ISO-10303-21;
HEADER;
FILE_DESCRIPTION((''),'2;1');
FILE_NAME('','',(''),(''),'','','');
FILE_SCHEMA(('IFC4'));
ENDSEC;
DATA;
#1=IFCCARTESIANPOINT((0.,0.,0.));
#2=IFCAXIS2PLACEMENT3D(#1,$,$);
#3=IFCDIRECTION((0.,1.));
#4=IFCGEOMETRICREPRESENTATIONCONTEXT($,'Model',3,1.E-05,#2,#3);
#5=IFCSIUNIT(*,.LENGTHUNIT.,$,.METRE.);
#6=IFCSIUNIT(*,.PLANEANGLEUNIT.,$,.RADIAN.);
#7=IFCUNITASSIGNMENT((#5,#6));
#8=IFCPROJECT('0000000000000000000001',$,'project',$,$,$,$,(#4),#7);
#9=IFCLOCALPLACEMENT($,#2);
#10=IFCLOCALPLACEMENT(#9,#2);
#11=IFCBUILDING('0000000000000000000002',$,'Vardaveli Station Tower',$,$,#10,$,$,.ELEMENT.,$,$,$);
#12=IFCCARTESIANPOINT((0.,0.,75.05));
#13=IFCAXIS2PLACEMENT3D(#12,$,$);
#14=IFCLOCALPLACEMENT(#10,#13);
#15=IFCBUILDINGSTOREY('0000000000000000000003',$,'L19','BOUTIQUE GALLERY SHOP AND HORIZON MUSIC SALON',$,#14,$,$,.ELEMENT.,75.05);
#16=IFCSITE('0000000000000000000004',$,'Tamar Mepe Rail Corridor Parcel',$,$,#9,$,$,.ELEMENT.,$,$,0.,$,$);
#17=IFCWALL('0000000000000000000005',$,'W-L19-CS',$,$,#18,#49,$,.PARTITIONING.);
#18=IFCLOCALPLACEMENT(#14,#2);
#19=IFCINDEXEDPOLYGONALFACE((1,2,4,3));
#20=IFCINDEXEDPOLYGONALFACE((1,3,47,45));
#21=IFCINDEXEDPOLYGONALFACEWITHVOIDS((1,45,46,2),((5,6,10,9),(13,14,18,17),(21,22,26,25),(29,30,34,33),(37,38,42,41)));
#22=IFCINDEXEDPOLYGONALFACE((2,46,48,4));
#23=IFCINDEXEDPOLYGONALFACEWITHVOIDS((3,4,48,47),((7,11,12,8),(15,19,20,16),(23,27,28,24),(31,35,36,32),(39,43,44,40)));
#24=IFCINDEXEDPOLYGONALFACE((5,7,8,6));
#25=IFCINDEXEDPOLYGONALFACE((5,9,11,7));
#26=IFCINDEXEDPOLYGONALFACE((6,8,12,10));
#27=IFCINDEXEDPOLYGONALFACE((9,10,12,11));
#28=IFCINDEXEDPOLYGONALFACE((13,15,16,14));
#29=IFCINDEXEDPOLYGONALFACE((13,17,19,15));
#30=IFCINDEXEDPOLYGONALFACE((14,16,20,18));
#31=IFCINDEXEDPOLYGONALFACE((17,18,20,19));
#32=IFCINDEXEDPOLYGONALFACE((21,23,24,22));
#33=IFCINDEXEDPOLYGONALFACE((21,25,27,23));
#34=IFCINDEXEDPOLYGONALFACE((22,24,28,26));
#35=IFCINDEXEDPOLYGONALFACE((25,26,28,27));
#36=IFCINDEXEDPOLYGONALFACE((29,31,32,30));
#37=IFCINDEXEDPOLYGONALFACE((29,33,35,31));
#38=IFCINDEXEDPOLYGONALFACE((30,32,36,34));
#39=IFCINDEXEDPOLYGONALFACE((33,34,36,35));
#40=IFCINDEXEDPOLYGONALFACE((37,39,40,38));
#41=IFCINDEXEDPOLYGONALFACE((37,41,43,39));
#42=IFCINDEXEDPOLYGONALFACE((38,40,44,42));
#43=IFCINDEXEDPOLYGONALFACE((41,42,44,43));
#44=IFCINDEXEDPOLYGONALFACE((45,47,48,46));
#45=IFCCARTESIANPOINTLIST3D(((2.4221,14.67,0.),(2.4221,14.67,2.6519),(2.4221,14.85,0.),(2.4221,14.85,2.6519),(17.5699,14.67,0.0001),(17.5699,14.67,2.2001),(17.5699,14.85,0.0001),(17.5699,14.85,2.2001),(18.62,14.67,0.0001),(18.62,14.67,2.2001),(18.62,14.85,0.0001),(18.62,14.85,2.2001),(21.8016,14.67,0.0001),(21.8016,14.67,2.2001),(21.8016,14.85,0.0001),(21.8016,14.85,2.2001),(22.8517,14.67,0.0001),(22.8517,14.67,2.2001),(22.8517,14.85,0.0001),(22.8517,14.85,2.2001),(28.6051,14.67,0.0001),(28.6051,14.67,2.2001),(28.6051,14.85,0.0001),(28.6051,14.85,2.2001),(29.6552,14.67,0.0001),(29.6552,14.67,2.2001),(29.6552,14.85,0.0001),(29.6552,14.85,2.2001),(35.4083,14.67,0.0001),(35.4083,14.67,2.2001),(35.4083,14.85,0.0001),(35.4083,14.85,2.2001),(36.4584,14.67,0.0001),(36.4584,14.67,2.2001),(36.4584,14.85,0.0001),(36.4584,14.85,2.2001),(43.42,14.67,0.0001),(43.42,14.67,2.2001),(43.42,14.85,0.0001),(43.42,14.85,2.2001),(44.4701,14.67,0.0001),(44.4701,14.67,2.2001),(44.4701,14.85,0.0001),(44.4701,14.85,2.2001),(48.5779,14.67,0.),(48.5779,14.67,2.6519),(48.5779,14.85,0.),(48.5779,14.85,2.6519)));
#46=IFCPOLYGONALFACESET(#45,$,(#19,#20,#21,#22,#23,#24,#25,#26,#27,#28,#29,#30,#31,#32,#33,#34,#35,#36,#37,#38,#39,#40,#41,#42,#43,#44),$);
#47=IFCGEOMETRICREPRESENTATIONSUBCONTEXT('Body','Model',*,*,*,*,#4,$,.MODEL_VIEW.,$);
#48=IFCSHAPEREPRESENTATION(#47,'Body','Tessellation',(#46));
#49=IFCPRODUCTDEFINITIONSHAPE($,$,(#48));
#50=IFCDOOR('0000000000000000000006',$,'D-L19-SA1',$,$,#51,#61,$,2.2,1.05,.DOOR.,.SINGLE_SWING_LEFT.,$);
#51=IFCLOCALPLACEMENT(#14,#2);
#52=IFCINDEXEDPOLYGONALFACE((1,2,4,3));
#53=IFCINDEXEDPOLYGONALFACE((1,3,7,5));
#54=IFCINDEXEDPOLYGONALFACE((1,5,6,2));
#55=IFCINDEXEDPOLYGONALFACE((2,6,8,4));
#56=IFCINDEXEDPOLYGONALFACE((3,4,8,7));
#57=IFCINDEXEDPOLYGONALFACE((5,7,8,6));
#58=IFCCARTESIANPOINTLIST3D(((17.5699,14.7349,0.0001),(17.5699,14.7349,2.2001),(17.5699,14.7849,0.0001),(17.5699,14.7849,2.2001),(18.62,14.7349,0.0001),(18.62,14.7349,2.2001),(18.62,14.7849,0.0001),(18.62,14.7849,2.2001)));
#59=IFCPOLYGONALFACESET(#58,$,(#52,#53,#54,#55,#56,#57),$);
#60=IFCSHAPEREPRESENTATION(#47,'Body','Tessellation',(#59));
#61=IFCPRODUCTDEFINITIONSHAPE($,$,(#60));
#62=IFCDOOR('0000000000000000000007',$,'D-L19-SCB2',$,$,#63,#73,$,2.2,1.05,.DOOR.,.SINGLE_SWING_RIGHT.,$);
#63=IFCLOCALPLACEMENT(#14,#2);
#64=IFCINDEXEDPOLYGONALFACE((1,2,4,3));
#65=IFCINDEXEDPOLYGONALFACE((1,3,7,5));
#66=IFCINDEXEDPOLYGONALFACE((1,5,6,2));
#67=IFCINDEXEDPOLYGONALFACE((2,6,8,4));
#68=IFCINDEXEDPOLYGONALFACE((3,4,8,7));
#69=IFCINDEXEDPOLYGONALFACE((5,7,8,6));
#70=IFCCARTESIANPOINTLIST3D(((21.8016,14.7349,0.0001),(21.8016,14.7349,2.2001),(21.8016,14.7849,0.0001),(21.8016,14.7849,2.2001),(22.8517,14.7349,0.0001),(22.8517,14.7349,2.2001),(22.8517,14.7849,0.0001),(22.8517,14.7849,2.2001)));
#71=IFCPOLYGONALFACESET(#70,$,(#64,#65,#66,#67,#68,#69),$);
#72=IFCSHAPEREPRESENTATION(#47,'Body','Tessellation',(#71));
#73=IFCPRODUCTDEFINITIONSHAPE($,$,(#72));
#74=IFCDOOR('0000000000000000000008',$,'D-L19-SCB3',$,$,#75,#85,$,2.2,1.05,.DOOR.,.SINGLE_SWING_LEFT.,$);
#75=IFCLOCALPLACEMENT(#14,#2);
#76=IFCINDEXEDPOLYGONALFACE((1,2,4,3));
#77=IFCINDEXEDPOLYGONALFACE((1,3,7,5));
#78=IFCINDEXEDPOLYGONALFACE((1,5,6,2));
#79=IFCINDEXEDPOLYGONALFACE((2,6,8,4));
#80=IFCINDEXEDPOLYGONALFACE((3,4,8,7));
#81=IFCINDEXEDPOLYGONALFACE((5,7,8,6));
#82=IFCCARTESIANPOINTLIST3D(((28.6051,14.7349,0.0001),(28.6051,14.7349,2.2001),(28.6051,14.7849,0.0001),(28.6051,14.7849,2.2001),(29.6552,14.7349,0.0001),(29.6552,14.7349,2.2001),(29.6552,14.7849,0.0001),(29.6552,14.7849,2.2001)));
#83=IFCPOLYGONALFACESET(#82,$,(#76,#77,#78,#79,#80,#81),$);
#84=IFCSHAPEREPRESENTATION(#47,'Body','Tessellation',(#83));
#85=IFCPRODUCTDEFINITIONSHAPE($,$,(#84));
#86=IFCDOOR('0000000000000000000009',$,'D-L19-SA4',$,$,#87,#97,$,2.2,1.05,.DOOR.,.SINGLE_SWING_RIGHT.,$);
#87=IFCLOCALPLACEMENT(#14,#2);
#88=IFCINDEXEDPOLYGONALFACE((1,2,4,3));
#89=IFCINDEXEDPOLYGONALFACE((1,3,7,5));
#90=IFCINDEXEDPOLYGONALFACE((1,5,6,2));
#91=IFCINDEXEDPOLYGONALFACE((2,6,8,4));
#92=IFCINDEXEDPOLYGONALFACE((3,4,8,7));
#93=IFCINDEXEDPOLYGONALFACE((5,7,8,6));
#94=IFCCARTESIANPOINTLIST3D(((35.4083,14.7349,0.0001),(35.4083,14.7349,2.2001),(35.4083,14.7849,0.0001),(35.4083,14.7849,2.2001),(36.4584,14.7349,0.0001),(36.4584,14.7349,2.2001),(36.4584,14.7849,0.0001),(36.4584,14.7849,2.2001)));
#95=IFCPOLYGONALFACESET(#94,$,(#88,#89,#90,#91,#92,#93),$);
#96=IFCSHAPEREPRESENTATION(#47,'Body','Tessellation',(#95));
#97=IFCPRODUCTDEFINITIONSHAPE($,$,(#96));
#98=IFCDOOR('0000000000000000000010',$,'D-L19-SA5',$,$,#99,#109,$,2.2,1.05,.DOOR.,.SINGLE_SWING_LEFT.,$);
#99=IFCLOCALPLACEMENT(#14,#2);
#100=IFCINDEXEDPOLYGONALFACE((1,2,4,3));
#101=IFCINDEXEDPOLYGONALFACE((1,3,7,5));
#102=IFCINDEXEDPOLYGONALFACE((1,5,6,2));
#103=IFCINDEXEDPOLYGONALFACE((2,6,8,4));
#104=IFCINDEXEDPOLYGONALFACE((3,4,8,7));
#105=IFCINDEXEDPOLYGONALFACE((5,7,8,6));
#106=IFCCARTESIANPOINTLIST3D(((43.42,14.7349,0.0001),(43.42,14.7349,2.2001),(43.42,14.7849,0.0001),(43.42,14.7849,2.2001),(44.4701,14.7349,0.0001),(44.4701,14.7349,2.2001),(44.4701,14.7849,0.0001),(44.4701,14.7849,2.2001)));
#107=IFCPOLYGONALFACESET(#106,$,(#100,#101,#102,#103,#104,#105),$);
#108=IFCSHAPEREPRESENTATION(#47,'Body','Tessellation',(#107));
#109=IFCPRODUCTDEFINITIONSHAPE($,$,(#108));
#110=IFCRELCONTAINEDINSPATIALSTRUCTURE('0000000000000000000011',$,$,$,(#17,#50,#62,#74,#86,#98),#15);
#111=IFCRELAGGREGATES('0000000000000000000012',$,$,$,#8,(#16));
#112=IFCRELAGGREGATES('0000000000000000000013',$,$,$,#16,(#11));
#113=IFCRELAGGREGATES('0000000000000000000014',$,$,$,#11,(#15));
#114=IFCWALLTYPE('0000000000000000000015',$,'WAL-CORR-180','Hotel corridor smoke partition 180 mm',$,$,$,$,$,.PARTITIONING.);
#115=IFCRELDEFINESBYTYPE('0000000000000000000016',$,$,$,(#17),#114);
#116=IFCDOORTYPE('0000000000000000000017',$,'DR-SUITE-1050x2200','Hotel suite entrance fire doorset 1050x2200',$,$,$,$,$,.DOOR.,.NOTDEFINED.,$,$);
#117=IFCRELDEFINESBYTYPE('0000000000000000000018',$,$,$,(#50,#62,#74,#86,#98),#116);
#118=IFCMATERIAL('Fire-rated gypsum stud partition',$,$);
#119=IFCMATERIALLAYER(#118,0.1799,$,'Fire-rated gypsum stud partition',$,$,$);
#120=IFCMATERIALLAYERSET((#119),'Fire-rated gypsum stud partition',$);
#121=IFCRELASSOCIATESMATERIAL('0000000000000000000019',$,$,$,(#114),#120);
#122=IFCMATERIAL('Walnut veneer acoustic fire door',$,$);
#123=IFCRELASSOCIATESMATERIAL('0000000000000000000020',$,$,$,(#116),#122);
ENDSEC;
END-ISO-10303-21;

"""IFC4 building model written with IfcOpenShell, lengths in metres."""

from ifc_helpers import new_model, si_unit, direction, frame, frame_2d, origin, place, context, subcontext, project, spatial, rectangle, extrude, source, transform, mapped, material, layer, layer_set, type_object, element, fill, save


model = new_model("IFC4")

# Units and contexts
model_context = context("Model", 3, precision=1e-05, world=origin(), true_north=direction((0.0, 1.0)))
body_context = subcontext(model_context, "Body", "Model", "MODEL_VIEW")
ifc_project = project(units=[si_unit("LENGTHUNIT", "METRE"), si_unit("PLANEANGLEUNIT", "RADIAN")], contexts=[model_context])

# Site, building, storey
site_placement = place(None, origin())
site = spatial("IfcSite", under=ifc_project, at=site_placement, Name="Tamar Mepe Rail Corridor Parcel", CompositionType="ELEMENT", RefElevation=0.0)
building_placement = place(site_placement, origin())
building = spatial("IfcBuilding", under=site, at=building_placement, Name="Vardaveli Station Tower", CompositionType="ELEMENT")
storey_placement = place(building_placement, frame((0.0, 0.0, 75.05)))
storey = spatial("IfcBuildingStorey", under=building, at=storey_placement, Name="L19", Description="BOUTIQUE GALLERY SHOP AND HORIZON MUSIC SALON", CompositionType="ELEMENT", Elevation=75.05)

# Wall, openings, doors
ifc_material_1 = material(Name="Fire-rated gypsum stud partition")
ifc_layer_1 = layer(ifc_material_1, 0.1799, Name="Fire-rated gypsum stud partition")
ifc_layer_set_1 = layer_set([ifc_layer_1], Name="Fire-rated gypsum stud partition")
wall_type_1 = type_object("IfcWallType", Name="WAL-CORR-180", Description="Hotel corridor smoke partition 180 mm", PredefinedType="PARTITIONING", material=ifc_layer_set_1)
shared_shape_1 = source(origin(), body_context, "Body", "SweptSolid", [
    extrude(rectangle(XDim=46.1558, YDim=0.1799, at=frame_2d((23.0779, 0.0))), origin(), (0.0, 0.0, 1.0), 2.6519),
])
wall_1_placement = place(storey_placement, frame((2.4221, 14.76, 0.0), z_axis=(0.0, 0.0, 1.0), x_axis=(1.0, 0.0, 0.0)))
wall_1 = element("IfcWall", 1, at=wall_1_placement, inside=storey, type_object=wall_type_1, Name="W-L19-CS", PredefinedType="PARTITIONING", context=body_context, shape_type="MappedRepresentation", body=[
    mapped(shared_shape_1, transform((0.0, 0.0, 0.0), scale=1.0)),
])
shared_shape_2 = source(origin(), body_context, "Body", "SweptSolid", [
    extrude(rectangle(XDim=1.05, YDim=2.2, at=frame_2d((0.5249, 1.1001))), frame((0.0, 0.1001, 0.0), z_axis=(0.0, -1.0, 0.0), x_axis=(1.0, 0.0, 0.0)), (0.0, 0.0, 1.0), 0.2),
])
opening_1_placement = place(wall_1_placement, frame((15.1479, 0.0, 0.0)))
opening_1 = element("IfcOpeningElement", 2, at=opening_1_placement, cuts=wall_1, PredefinedType="OPENING", context=body_context, shape_type="MappedRepresentation", body=[
    mapped(shared_shape_2, transform((0.0, 0.0, 0.0), scale=1.0)),
])
opening_2_placement = place(wall_1_placement, frame((19.3796, 0.0, 0.0)))
opening_2 = element("IfcOpeningElement", 3, at=opening_2_placement, cuts=wall_1, PredefinedType="OPENING", context=body_context, shape_type="MappedRepresentation", body=[
    mapped(shared_shape_2, transform((0.0, 0.0, 0.0), scale=1.0)),
])
opening_3_placement = place(wall_1_placement, frame((26.1831, 0.0, 0.0)))
opening_3 = element("IfcOpeningElement", 4, at=opening_3_placement, cuts=wall_1, PredefinedType="OPENING", context=body_context, shape_type="MappedRepresentation", body=[
    mapped(shared_shape_2, transform((0.0, 0.0, 0.0), scale=1.0)),
])
opening_4_placement = place(wall_1_placement, frame((32.9863, 0.0, 0.0)))
opening_4 = element("IfcOpeningElement", 5, at=opening_4_placement, cuts=wall_1, PredefinedType="OPENING", context=body_context, shape_type="MappedRepresentation", body=[
    mapped(shared_shape_2, transform((0.0, 0.0, 0.0), scale=1.0)),
])
opening_5_placement = place(wall_1_placement, frame((40.998, 0.0, 0.0)))
opening_5 = element("IfcOpeningElement", 6, at=opening_5_placement, cuts=wall_1, PredefinedType="OPENING", context=body_context, shape_type="MappedRepresentation", body=[
    mapped(shared_shape_2, transform((0.0, 0.0, 0.0), scale=1.0)),
])
ifc_material_2 = material(Name="Walnut veneer acoustic fire door")
door_type_1 = type_object("IfcDoorType", Name="DR-SUITE-1050x2200", Description="Hotel suite entrance fire doorset 1050x2200", OperationType="NOTDEFINED", PredefinedType="DOOR", material=ifc_material_2)
shared_shape_3 = source(origin(), body_context, "Body", "SweptSolid", [
    extrude(rectangle(XDim=1.05, YDim=2.2, at=frame_2d((0.5249, 1.1001))), frame((0.0, 0.0249, 0.0), z_axis=(0.0, -1.0, 0.0), x_axis=(1.0, 0.0, 0.0)), (0.0, 0.0, 1.0), 0.05),
])
door_1_placement = place(opening_1_placement, origin())
door_1 = element("IfcDoor", 7, at=door_1_placement, inside=storey, type_object=door_type_1, Name="D-L19-SA1", OperationType="SINGLE_SWING_LEFT", OverallHeight=2.2, OverallWidth=1.05, PredefinedType="DOOR", context=body_context, shape_type="MappedRepresentation", body=[
    mapped(shared_shape_3, transform((0.0, 0.0, 0.0), scale=1.0)),
])
fill(opening_1, door_1)
door_2_placement = place(opening_2_placement, origin())
door_2 = element("IfcDoor", 8, at=door_2_placement, inside=storey, type_object=door_type_1, Name="D-L19-SCB2", OperationType="SINGLE_SWING_RIGHT", OverallHeight=2.2, OverallWidth=1.05, PredefinedType="DOOR", context=body_context, shape_type="MappedRepresentation", body=[
    mapped(shared_shape_3, transform((0.0, 0.0, 0.0), scale=1.0)),
])
fill(opening_2, door_2)
door_3_placement = place(opening_3_placement, origin())
door_3 = element("IfcDoor", 9, at=door_3_placement, inside=storey, type_object=door_type_1, Name="D-L19-SCB3", OperationType="SINGLE_SWING_LEFT", OverallHeight=2.2, OverallWidth=1.05, PredefinedType="DOOR", context=body_context, shape_type="MappedRepresentation", body=[
    mapped(shared_shape_3, transform((0.0, 0.0, 0.0), scale=1.0)),
])
fill(opening_3, door_3)
door_4_placement = place(opening_4_placement, origin())
door_4 = element("IfcDoor", 10, at=door_4_placement, inside=storey, type_object=door_type_1, Name="D-L19-SA4", OperationType="SINGLE_SWING_RIGHT", OverallHeight=2.2, OverallWidth=1.05, PredefinedType="DOOR", context=body_context, shape_type="MappedRepresentation", body=[
    mapped(shared_shape_3, transform((0.0, 0.0, 0.0), scale=1.0)),
])
fill(opening_4, door_4)
door_5_placement = place(opening_5_placement, origin())
door_5 = element("IfcDoor", 11, at=door_5_placement, inside=storey, type_object=door_type_1, Name="D-L19-SA5", OperationType="SINGLE_SWING_LEFT", OverallHeight=2.2, OverallWidth=1.05, PredefinedType="DOOR", context=body_context, shape_type="MappedRepresentation", body=[
    mapped(shared_shape_3, transform((0.0, 0.0, 0.0), scale=1.0)),
])
fill(opening_5, door_5)

save(model, "model.ifc")
